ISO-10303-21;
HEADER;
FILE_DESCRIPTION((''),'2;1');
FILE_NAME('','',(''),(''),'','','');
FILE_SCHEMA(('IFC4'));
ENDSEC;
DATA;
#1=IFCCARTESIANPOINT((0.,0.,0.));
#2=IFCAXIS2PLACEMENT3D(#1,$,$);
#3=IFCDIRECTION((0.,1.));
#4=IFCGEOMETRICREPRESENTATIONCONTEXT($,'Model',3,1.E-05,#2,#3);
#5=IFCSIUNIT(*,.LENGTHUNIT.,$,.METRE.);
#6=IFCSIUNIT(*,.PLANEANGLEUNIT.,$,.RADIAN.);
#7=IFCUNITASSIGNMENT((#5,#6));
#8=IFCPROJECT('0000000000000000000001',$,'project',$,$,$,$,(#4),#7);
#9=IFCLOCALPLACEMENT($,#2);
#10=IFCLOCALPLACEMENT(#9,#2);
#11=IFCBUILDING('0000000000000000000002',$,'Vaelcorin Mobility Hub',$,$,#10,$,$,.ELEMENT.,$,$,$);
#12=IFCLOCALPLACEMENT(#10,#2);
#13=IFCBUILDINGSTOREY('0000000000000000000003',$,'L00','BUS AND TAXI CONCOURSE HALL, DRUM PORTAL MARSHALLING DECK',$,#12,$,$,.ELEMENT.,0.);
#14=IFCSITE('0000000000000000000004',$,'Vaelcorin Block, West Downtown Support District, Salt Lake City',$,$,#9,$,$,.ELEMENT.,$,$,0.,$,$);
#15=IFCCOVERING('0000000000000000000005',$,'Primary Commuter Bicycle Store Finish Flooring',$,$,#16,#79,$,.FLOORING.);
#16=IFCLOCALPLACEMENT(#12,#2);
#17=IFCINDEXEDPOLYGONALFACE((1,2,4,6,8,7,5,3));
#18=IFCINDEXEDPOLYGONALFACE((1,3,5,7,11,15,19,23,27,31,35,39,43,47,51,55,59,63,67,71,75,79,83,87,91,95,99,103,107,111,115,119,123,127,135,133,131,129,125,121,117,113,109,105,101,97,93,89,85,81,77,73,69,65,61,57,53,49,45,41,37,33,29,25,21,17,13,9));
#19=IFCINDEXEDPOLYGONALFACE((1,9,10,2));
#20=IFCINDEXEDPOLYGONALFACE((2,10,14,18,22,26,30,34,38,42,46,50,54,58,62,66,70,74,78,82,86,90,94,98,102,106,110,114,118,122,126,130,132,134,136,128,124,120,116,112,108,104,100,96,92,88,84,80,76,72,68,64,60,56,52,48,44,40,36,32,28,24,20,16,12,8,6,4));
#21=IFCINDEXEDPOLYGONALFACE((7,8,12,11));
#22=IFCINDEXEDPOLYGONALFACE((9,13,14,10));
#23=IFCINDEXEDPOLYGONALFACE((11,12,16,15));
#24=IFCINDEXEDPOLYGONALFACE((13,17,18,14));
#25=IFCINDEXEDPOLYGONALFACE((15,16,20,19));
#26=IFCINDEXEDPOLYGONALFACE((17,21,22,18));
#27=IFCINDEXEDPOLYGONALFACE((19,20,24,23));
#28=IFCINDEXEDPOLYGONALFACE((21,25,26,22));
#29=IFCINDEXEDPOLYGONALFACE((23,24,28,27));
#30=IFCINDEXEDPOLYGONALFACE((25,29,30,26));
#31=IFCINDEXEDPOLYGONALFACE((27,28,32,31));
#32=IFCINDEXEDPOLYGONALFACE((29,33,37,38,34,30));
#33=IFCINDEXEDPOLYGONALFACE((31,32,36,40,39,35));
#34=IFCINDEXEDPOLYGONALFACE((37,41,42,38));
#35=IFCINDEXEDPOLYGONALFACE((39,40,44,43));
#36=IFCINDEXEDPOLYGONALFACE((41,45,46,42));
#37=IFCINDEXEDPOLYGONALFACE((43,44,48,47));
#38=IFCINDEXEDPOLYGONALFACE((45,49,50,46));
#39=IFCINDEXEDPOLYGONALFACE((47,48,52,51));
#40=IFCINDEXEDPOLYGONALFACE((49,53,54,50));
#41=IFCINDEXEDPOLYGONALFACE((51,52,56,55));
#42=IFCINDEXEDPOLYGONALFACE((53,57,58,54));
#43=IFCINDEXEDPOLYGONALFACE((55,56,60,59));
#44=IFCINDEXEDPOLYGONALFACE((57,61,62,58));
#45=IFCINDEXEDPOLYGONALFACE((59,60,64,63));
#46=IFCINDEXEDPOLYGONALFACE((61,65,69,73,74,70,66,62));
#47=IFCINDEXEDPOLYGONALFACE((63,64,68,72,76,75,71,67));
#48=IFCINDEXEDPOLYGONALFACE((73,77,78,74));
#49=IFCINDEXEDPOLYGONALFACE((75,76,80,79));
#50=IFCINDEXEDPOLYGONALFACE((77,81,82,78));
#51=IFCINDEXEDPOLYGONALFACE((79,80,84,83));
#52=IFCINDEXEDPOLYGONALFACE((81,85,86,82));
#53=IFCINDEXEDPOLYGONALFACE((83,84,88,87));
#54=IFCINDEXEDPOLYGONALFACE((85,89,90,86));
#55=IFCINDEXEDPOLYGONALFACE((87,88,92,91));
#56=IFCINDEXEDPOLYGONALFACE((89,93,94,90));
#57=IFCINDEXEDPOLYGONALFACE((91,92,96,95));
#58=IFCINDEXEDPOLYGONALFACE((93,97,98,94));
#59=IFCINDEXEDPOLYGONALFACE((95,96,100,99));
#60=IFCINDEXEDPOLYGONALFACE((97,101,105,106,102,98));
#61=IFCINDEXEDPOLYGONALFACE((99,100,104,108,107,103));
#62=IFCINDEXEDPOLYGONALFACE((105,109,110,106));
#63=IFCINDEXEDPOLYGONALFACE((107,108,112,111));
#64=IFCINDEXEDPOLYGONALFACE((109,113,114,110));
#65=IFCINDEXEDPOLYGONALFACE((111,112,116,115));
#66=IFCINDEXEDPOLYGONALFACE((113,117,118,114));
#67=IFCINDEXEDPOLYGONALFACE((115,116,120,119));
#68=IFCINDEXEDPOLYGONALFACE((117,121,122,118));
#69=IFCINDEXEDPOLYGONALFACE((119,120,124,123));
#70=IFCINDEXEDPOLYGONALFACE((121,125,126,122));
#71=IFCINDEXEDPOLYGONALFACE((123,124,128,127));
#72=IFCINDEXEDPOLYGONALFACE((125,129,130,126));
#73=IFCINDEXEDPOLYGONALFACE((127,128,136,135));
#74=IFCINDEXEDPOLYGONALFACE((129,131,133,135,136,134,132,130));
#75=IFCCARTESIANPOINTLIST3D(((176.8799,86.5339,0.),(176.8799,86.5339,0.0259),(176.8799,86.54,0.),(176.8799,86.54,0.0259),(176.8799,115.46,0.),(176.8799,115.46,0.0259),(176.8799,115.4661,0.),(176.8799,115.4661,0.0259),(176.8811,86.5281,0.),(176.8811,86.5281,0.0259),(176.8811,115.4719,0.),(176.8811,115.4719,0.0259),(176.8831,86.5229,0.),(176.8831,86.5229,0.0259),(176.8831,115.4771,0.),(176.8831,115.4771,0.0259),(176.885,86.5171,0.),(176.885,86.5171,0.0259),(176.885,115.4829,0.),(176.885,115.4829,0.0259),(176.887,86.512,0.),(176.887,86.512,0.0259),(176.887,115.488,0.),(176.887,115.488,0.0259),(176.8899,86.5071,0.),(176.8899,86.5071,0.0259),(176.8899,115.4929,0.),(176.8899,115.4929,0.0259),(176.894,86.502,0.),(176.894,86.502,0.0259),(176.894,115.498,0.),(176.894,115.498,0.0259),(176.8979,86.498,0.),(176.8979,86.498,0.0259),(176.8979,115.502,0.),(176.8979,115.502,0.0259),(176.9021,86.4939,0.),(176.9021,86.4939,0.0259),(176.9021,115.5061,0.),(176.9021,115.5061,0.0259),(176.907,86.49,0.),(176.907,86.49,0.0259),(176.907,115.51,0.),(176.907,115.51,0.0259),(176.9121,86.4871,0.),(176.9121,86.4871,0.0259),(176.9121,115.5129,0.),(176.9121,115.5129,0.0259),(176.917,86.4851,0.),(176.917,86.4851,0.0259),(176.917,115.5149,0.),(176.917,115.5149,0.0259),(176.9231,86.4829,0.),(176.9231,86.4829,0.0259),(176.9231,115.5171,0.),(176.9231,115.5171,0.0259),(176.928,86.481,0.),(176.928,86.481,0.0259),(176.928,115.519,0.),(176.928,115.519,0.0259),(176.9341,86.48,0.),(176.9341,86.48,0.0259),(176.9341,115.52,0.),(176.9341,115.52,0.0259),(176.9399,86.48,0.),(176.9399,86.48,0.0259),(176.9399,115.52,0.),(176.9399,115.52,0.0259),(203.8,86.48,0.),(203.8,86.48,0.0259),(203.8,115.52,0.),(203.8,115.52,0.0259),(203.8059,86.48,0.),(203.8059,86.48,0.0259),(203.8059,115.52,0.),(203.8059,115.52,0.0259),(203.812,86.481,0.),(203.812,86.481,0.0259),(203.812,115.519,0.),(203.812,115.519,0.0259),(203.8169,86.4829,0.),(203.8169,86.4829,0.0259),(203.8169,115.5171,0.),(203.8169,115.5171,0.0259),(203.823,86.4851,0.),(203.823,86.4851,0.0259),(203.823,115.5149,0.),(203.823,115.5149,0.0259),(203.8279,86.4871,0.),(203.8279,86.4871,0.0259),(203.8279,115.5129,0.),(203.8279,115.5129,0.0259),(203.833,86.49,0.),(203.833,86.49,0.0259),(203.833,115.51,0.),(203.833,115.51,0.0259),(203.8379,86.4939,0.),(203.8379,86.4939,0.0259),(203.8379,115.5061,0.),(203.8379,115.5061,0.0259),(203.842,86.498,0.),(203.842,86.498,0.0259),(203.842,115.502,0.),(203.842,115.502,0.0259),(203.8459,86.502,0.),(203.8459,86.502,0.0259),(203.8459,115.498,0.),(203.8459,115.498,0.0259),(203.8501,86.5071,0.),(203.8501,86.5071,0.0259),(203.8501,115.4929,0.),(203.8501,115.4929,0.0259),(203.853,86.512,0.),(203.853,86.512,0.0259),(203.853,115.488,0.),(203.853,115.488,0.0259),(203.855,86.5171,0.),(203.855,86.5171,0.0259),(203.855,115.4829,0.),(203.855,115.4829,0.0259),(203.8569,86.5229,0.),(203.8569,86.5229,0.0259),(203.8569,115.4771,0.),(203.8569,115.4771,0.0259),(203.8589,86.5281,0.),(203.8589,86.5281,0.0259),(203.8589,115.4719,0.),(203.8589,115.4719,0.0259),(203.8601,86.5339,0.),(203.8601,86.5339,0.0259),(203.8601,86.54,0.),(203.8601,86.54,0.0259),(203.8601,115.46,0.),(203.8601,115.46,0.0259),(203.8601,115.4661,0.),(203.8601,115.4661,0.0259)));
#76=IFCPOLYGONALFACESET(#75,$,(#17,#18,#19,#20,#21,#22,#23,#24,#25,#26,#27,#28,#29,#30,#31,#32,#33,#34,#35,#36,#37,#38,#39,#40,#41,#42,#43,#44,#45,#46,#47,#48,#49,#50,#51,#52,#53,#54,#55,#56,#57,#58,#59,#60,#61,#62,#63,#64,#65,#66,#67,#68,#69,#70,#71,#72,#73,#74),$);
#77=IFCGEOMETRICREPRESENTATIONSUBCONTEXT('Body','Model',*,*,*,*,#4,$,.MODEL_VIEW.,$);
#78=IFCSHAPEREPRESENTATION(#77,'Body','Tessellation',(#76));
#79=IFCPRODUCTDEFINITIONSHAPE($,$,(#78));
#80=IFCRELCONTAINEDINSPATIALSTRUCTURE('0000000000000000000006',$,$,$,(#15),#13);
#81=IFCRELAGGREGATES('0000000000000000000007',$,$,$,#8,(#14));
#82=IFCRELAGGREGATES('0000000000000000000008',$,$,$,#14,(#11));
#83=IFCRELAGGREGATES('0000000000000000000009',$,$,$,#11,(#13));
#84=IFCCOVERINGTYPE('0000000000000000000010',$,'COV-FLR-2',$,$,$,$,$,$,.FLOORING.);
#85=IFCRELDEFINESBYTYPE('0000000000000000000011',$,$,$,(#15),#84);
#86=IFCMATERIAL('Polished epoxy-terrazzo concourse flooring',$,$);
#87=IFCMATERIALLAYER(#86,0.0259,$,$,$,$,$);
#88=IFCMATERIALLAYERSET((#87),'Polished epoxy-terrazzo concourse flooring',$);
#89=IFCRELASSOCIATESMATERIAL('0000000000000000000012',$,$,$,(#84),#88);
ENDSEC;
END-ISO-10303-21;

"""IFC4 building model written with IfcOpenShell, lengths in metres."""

from ifc_helpers import new_model, si_unit, direction, origin, place, context, subcontext, project, spatial, polyline, outline, extrude, material, layer, layer_set, type_object, element, save


model = new_model("IFC4")

# Units and contexts
model_context = context("Model", 3, precision=1e-05, world=origin(), true_north=direction((0.0, 1.0)))
body_context = subcontext(model_context, "Body", "Model", "MODEL_VIEW")
ifc_project = project(units=[si_unit("LENGTHUNIT", "METRE"), si_unit("PLANEANGLEUNIT", "RADIAN")], contexts=[model_context])

# Site, building, storey
site_placement = place(None, origin())
site = spatial("IfcSite", under=ifc_project, at=site_placement, Name="Vaelcorin Block, West Downtown Support District, Salt Lake City", CompositionType="ELEMENT", RefElevation=0.0)
building_placement = place(site_placement, origin())
building = spatial("IfcBuilding", under=site, at=building_placement, Name="Vaelcorin Mobility Hub", CompositionType="ELEMENT")
storey_placement = place(building_placement, origin())
storey = spatial("IfcBuildingStorey", under=building, at=storey_placement, Name="L00", Description="BUS AND TAXI CONCOURSE HALL, DRUM PORTAL MARSHALLING DECK", CompositionType="ELEMENT", Elevation=0.0)

# Covering
ifc_material_1 = material(Name="Polished epoxy-terrazzo concourse flooring")
ifc_layer_1 = layer(ifc_material_1, 0.0259)
ifc_layer_set_1 = layer_set([ifc_layer_1], Name="Polished epoxy-terrazzo concourse flooring")
covering_type_1 = type_object("IfcCoveringType", Name="COV-FLR-2", PredefinedType="FLOORING", material=ifc_layer_set_1)
covering_1_placement = place(storey_placement, origin())
element("IfcCovering", 1, at=covering_1_placement, inside=storey, type_object=covering_type_1, Name="Primary Commuter Bicycle Store Finish Flooring", PredefinedType="FLOORING", context=body_context, shape_type="SweptSolid", body=[
    extrude(outline(polyline([(176.9399, 86.48), (176.9341, 86.48), (176.928, 86.481), (176.9231, 86.4829), (176.917, 86.4851), (176.9121, 86.4871), (176.907, 86.49), (176.9021, 86.4939), (176.8979, 86.498), (176.894, 86.502), (176.8899, 86.5071), (176.887, 86.512), (176.885, 86.5171), (176.8831, 86.5229), (176.8811, 86.5281), (176.8799, 86.5339), (176.8799, 86.54), (176.8799, 115.46), (176.8799, 115.4661), (176.8811, 115.4719), (176.8831, 115.4771), (176.885, 115.4829), (176.887, 115.488), (176.8899, 115.4929), (176.894, 115.498), (176.8979, 115.502), (176.9021, 115.5061), (176.907, 115.51), (176.9121, 115.5129), (176.917, 115.5149), (176.9231, 115.5171), (176.928, 115.519), (176.9341, 115.52), (176.9399, 115.52), (203.8, 115.52), (203.8059, 115.52), (203.812, 115.519), (203.8169, 115.5171), (203.823, 115.5149), (203.8279, 115.5129), (203.833, 115.51), (203.8379, 115.5061), (203.842, 115.502), (203.8459, 115.498), (203.8501, 115.4929), (203.853, 115.488), (203.855, 115.4829), (203.8569, 115.4771), (203.8589, 115.4719), (203.8601, 115.4661), (203.8601, 115.46), (203.8601, 86.54), (203.8601, 86.5339), (203.8589, 86.5281), (203.8569, 86.5229), (203.855, 86.5171), (203.853, 86.512), (203.8501, 86.5071), (203.8459, 86.502), (203.842, 86.498), (203.8379, 86.4939), (203.833, 86.49), (203.8279, 86.4871), (203.823, 86.4851), (203.8169, 86.4829), (203.812, 86.481), (203.8059, 86.48), (203.8, 86.48), (176.9399, 86.48)])), origin(), (0.0, 0.0, 1.0), 0.0259),
])

save(model, "model.ifc")
